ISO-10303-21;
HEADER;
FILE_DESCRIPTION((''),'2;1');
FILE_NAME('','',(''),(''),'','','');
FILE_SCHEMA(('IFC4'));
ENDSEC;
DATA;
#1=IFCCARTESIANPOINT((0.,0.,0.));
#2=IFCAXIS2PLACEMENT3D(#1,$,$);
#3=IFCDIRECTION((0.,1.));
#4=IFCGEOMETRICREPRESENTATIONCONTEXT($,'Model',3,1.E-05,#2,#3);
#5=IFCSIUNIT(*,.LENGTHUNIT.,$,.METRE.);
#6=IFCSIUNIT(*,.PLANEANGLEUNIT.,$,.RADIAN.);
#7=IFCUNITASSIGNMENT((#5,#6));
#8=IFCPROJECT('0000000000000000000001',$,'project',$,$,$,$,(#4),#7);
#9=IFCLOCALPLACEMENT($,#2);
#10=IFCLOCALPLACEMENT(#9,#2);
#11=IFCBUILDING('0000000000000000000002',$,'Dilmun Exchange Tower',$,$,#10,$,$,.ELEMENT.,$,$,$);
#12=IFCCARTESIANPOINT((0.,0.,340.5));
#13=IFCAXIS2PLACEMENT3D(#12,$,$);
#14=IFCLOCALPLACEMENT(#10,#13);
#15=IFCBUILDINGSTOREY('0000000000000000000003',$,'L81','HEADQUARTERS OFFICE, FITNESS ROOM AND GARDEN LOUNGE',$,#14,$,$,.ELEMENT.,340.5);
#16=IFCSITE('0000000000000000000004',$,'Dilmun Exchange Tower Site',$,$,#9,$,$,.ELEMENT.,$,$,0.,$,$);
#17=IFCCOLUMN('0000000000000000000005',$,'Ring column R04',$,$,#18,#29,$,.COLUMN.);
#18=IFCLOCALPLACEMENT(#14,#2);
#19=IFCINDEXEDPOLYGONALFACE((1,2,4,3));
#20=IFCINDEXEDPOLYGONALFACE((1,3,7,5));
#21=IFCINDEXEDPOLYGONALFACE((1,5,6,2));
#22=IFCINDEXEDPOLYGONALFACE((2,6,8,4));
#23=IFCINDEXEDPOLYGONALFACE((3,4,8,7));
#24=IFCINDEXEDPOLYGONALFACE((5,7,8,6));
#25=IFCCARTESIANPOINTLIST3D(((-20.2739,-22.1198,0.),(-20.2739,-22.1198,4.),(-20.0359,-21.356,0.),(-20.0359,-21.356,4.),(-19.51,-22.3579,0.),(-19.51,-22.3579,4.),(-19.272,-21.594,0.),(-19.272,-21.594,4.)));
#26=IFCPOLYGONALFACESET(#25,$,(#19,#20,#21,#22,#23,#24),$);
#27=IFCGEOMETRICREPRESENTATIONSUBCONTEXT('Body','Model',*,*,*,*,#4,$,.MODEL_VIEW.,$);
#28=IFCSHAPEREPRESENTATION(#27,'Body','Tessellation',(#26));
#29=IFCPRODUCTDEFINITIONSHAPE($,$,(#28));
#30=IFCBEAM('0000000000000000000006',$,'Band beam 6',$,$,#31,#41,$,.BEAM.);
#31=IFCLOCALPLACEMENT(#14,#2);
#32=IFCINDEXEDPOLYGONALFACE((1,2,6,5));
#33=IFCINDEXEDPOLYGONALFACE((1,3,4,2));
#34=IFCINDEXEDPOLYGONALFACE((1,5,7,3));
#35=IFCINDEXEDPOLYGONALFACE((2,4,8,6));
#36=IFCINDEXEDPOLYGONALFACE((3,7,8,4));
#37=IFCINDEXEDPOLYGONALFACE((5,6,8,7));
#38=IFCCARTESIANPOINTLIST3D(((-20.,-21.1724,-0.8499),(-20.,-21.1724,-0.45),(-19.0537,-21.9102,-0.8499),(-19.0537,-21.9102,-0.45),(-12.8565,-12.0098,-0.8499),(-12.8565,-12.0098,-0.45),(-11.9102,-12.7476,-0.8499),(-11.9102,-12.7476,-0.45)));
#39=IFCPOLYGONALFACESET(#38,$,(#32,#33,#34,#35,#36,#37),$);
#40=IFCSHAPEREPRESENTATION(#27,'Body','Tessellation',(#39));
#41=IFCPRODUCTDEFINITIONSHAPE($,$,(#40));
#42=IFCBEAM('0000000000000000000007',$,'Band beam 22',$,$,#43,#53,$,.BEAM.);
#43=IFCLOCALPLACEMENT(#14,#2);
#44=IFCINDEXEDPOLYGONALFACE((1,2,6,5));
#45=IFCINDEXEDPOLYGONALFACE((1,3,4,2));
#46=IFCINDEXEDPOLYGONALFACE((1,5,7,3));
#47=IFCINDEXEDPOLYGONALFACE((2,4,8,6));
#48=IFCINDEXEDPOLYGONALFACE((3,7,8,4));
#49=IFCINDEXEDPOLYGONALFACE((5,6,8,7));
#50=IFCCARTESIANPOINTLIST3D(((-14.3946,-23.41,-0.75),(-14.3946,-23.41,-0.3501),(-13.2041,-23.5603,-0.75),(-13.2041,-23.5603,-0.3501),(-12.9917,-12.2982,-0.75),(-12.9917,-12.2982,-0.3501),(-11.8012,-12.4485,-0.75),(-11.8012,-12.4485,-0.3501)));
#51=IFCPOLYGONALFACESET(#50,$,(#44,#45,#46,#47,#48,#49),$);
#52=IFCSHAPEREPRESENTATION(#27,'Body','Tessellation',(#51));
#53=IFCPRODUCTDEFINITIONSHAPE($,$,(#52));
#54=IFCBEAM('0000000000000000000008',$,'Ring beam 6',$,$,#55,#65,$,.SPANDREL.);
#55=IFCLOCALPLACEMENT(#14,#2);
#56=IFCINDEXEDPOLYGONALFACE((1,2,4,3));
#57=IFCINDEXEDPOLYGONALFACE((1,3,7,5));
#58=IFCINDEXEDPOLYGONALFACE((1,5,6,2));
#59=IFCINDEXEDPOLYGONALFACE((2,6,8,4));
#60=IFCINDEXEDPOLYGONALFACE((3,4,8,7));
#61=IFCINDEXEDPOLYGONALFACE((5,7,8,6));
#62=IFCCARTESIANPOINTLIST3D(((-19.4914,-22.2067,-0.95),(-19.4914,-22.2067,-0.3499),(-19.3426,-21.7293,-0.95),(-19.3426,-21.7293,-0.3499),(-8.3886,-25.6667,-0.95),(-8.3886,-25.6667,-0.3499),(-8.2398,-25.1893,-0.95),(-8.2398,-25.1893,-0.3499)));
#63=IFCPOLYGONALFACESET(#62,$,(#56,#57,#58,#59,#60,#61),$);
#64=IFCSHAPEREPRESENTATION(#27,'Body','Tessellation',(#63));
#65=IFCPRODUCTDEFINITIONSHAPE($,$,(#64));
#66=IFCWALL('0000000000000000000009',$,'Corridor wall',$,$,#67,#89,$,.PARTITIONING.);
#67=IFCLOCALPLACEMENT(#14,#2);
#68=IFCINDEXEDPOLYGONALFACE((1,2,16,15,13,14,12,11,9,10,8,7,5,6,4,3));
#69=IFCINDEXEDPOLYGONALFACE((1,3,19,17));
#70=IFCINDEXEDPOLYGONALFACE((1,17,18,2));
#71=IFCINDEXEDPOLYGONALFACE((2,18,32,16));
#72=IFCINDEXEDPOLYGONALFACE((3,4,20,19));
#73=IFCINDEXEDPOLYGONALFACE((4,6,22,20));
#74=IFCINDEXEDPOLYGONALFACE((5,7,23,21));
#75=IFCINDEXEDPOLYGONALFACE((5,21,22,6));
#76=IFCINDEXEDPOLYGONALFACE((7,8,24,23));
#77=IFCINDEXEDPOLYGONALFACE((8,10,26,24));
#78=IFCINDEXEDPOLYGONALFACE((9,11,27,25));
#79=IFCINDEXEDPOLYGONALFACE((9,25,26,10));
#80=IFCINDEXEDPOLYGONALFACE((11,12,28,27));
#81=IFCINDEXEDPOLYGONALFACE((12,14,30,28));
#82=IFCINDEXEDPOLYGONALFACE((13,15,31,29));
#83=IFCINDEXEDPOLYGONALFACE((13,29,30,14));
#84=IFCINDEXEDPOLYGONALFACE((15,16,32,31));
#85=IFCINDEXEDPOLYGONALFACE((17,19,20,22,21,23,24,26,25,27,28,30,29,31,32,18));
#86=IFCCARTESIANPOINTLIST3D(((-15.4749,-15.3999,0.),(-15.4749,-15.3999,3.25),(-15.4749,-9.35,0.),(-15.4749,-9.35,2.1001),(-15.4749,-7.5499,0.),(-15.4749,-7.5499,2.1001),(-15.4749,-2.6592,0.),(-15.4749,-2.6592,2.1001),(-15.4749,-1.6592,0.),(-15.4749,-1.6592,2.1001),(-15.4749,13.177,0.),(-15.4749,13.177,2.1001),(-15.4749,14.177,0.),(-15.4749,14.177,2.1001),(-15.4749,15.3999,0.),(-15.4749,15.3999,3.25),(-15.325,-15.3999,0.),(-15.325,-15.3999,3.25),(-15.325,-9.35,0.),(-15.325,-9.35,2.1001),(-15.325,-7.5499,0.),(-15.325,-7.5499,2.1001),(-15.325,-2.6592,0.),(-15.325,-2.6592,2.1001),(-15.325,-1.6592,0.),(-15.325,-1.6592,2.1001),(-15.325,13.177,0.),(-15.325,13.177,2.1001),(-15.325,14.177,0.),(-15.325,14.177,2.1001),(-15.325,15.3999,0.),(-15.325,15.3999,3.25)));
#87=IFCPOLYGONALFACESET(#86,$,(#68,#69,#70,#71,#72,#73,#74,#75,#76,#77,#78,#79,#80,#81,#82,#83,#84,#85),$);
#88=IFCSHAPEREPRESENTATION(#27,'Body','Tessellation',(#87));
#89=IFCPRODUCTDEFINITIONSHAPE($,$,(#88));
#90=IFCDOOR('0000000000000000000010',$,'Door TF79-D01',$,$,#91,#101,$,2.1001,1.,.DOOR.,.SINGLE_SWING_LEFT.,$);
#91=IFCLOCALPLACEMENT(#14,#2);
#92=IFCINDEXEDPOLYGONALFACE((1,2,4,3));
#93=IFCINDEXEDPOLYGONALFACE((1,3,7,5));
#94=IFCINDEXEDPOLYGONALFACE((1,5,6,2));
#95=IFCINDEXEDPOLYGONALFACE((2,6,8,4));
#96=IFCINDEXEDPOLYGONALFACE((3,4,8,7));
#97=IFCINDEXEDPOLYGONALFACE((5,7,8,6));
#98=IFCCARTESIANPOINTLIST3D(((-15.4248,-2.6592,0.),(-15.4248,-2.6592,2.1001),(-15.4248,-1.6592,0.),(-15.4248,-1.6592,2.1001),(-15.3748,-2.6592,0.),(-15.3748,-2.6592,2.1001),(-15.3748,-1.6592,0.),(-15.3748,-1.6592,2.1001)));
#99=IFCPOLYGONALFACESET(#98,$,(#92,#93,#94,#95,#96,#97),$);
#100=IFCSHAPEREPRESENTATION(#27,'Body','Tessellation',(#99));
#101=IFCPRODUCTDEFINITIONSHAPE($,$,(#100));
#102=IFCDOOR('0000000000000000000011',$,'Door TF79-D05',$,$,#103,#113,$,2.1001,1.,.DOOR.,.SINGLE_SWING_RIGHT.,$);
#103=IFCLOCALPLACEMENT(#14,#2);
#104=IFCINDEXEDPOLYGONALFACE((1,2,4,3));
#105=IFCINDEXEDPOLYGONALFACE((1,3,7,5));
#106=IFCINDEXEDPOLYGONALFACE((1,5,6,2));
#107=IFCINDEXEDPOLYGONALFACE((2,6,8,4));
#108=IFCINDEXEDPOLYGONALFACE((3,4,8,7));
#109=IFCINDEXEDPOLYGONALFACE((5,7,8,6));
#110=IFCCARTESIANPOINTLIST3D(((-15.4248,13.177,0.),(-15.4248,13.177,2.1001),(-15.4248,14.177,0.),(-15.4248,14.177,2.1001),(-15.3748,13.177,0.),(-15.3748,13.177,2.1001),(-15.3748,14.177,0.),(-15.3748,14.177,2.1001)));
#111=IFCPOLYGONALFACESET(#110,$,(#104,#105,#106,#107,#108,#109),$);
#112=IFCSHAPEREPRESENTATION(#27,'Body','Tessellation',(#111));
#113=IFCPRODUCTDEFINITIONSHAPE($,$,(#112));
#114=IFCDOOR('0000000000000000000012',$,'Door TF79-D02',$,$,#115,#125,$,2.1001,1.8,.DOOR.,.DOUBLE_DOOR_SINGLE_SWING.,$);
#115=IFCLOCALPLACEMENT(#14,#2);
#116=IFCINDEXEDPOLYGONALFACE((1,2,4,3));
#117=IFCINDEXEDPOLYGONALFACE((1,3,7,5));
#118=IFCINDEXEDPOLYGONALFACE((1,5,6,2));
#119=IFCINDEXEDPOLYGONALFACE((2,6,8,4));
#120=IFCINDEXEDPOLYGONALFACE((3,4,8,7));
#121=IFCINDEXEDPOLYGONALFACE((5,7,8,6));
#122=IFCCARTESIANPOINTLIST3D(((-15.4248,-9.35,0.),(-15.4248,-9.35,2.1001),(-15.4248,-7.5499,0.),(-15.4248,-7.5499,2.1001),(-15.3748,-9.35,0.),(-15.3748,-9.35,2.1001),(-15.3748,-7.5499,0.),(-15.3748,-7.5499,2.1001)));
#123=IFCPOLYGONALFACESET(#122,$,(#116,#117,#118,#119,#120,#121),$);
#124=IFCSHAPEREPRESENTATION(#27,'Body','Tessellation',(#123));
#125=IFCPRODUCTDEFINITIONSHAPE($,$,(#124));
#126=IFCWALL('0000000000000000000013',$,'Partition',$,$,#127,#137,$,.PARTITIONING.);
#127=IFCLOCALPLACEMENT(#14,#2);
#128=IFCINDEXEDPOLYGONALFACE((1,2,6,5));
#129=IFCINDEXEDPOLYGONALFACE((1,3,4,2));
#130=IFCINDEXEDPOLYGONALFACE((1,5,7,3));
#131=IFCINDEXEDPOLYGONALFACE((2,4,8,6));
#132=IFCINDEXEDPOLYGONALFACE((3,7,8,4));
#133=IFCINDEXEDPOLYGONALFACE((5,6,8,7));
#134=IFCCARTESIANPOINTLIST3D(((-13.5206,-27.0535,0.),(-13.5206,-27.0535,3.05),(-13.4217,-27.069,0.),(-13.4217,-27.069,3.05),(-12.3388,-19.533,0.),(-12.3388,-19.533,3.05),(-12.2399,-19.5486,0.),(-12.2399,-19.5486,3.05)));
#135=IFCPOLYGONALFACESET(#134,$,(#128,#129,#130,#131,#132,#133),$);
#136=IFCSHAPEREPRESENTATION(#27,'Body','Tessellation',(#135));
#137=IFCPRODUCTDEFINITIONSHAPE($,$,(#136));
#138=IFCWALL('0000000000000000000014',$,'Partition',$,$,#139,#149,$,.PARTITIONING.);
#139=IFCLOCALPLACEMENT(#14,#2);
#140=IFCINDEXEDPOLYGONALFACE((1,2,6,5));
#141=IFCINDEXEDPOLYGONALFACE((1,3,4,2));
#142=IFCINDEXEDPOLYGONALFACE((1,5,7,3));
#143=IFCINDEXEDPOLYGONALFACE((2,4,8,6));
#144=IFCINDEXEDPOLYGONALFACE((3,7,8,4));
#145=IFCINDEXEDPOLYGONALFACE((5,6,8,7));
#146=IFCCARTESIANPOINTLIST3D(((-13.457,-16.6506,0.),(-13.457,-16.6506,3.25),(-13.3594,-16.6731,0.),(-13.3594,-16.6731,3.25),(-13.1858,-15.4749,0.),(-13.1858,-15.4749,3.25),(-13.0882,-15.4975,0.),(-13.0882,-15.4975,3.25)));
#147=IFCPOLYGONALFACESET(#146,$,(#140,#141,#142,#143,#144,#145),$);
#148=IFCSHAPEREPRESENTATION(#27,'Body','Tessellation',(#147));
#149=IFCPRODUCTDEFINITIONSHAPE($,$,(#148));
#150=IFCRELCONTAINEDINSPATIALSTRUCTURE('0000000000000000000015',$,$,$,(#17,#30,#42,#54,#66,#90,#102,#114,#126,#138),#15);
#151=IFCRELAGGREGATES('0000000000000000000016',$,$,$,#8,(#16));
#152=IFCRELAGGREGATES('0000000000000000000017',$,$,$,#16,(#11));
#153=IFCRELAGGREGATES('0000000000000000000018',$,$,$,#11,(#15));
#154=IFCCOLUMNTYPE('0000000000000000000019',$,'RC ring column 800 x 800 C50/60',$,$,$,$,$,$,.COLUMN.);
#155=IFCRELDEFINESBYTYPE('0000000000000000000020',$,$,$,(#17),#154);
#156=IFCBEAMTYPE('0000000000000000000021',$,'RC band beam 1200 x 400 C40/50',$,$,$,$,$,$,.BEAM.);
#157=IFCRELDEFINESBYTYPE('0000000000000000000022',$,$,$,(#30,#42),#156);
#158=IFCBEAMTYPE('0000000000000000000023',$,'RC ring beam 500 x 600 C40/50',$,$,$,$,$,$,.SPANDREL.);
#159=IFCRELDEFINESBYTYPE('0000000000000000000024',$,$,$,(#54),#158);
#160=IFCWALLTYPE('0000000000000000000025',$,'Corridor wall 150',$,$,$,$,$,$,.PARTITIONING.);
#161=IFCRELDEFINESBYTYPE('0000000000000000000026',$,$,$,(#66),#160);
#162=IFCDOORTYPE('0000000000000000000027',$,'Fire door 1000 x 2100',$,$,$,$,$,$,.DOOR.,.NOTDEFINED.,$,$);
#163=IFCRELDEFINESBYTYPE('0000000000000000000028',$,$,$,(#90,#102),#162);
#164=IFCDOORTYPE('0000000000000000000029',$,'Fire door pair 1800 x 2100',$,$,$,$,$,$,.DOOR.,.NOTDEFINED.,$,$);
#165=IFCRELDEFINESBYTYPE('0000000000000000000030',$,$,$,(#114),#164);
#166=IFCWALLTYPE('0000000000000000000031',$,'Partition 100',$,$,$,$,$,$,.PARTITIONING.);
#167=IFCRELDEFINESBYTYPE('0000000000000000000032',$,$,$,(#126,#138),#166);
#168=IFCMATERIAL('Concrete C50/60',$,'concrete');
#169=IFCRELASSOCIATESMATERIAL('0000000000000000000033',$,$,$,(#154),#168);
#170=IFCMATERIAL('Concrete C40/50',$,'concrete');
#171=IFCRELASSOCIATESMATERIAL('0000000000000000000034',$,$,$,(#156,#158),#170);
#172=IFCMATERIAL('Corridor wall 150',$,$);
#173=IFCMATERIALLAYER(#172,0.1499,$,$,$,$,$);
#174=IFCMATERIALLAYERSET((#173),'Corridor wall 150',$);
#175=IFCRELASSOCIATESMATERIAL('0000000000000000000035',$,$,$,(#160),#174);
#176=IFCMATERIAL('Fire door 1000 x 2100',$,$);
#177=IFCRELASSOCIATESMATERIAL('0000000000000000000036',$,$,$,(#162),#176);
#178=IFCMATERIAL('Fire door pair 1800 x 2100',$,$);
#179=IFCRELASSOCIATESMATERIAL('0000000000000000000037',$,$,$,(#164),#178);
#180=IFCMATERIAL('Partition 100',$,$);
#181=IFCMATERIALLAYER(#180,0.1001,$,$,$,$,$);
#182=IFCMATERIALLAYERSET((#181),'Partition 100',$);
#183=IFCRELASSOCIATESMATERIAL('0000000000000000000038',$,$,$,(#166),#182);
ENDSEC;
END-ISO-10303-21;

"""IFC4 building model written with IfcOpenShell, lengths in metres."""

from ifc_helpers import new_model, si_unit, direction, frame, frame_2d, origin, origin_2d, place, context, subcontext, project, spatial, rectangle, extrude, material, layer, layer_set, material_profile, profile_set, type_object, element, fill, save


model = new_model("IFC4")

# Units and contexts
model_context = context("Model", 3, precision=1e-05, world=origin(), true_north=direction((0.0, 1.0)))
body_context = subcontext(model_context, "Body", "Model", "MODEL_VIEW")
ifc_project = project(units=[si_unit("LENGTHUNIT", "METRE"), si_unit("PLANEANGLEUNIT", "RADIAN")], contexts=[model_context])

# Site, building, storey
site_placement = place(None, origin())
site = spatial("IfcSite", under=ifc_project, at=site_placement, Name="Dilmun Exchange Tower Site", CompositionType="ELEMENT", RefElevation=0.0)
building_placement = place(site_placement, origin())
building = spatial("IfcBuilding", under=site, at=building_placement, Name="Dilmun Exchange Tower", CompositionType="ELEMENT")
storey_placement = place(building_placement, frame((0.0, 0.0, 340.5)))
storey = spatial("IfcBuildingStorey", under=building, at=storey_placement, Name="L81", Description="HEADQUARTERS OFFICE, FITNESS ROOM AND GARDEN LOUNGE", CompositionType="ELEMENT", Elevation=340.5)

# Column
ifc_material_1 = material(Name="Concrete C50/60", Category="concrete")
ifc_material_profile_1 = material_profile(ifc_material_1, rectangle(XDim=0.8, YDim=0.8, at=origin_2d()), Name="800 x 800")
ifc_profile_set_1 = profile_set([ifc_material_profile_1], Name="Concrete C50/60")
column_type = type_object("IfcColumnType", Name="RC ring column 800 x 800 C50/60", PredefinedType="COLUMN", material=ifc_profile_set_1)
column_placement = place(storey_placement, frame((-19.7729, -21.8569, 0.0), z_axis=(0.0, 0.0, 1.0), x_axis=(0.297503, 0.954721, 0.0)))
element("IfcColumn", 1, at=column_placement, inside=storey, type_object=column_type, Name="Ring column R04", PredefinedType="COLUMN", context=body_context, shape_type="SweptSolid", body=[
    extrude(rectangle(XDim=0.8, YDim=0.8, at=origin_2d()), origin(), (0.0, 0.0, 1.0), 4.0),
])

# Beams
ifc_material_2 = material(Name="Concrete C40/50", Category="concrete")
ifc_material_profile_2 = material_profile(ifc_material_2, rectangle(XDim=1.2, YDim=0.3999, at=origin_2d()), Name="1200 x 400")
ifc_profile_set_2 = profile_set([ifc_material_profile_2], Name="Concrete C40/50")
beam_type_1 = type_object("IfcBeamType", Name="RC band beam 1200 x 400 C40/50", PredefinedType="BEAM", material=ifc_profile_set_2)
beam_1_placement = place(storey_placement, frame((-19.5269, -21.5413, -0.6499), z_axis=(0.614857, 0.788639, 0.0), x_axis=(-0.788639, 0.614857, 0.0)))
element("IfcBeam", 2, at=beam_1_placement, inside=storey, type_object=beam_type_1, Name="Band beam 6", PredefinedType="BEAM", context=body_context, shape_type="SweptSolid", body=[
    extrude(rectangle(XDim=1.2, YDim=0.3999, at=origin_2d()), origin(), (0.0, 0.0, 1.0), 11.6182),
])
beam_2_placement = place(storey_placement, frame((-13.7993, -23.4851, -0.55), z_axis=(0.125253, 0.992125, 0.0), x_axis=(-0.992125, 0.125253, 0.0)))
element("IfcBeam", 3, at=beam_2_placement, inside=storey, type_object=beam_type_1, Name="Band beam 22", PredefinedType="BEAM", context=body_context, shape_type="SweptSolid", body=[
    extrude(rectangle(XDim=1.2, YDim=0.3999, at=origin_2d()), origin(), (0.0, 0.0, 1.0), 11.2),
])
ifc_material_profile_3 = material_profile(ifc_material_2, rectangle(XDim=0.5, YDim=0.6001, at=origin_2d()), Name="500 x 600")
ifc_profile_set_3 = profile_set([ifc_material_profile_3], Name="Concrete C40/50")
beam_type_2 = type_object("IfcBeamType", Name="RC ring beam 500 x 600 C40/50", PredefinedType="SPANDREL", material=ifc_profile_set_3)
beam_3_placement = place(storey_placement, frame((-19.417, -21.968, -0.6499), z_axis=(0.954716, -0.297518, 0.0), x_axis=(0.297518, 0.954716, 0.0)))
element("IfcBeam", 4, at=beam_3_placement, inside=storey, type_object=beam_type_2, Name="Ring beam 6", PredefinedType="SPANDREL", context=body_context, shape_type="SweptSolid", body=[
    extrude(rectangle(XDim=0.5, YDim=0.6001, at=origin_2d()), origin(), (0.0, 0.0, 1.0), 11.6294),
])

# Wall, openings, doors
ifc_material_3 = material(Name="Corridor wall 150")
ifc_layer_1 = layer(ifc_material_3, 0.1499)
ifc_layer_set_1 = layer_set([ifc_layer_1], Name="Corridor wall 150")
wall_type_1 = type_object("IfcWallType", Name="Corridor wall 150", PredefinedType="PARTITIONING", material=ifc_layer_set_1)
wall_1_placement = place(storey_placement, frame((-15.3999, -15.3999, 0.0), z_axis=(0.0, 0.0, 1.0), x_axis=(0.0, 1.0, 0.0)))
wall_1 = element("IfcWall", 5, at=wall_1_placement, inside=storey, type_object=wall_type_1, Name="Corridor wall", PredefinedType="PARTITIONING", context=body_context, shape_type="SweptSolid", body=[
    extrude(rectangle(XDim=30.7998, YDim=0.1499, at=frame_2d((15.3999, 0.0))), origin(), (0.0, 0.0, 1.0), 3.25),
])
opening_1_placement = place(wall_1_placement, frame((12.7407, 0.0, 0.0)))
opening_1 = element("IfcOpeningElement", 6, at=opening_1_placement, cuts=wall_1, PredefinedType="OPENING", context=body_context, shape_type="SweptSolid", body=[
    extrude(rectangle(XDim=1.0, YDim=2.1001, at=frame_2d((0.5, 1.05))), frame((0.0, 0.085, 0.0), z_axis=(0.0, -1.0, 0.0), x_axis=(1.0, 0.0, 0.0)), (0.0, 0.0, 1.0), 0.1699),
])
opening_2_placement = place(wall_1_placement, frame((6.05, 0.0, 0.0)))
opening_2 = element("IfcOpeningElement", 7, at=opening_2_placement, cuts=wall_1, PredefinedType="OPENING", context=body_context, shape_type="SweptSolid", body=[
    extrude(rectangle(XDim=1.8, YDim=2.1001, at=frame_2d((0.8999, 1.05))), frame((0.0, 0.085, 0.0), z_axis=(0.0, -1.0, 0.0), x_axis=(1.0, 0.0, 0.0)), (0.0, 0.0, 1.0), 0.1699),
])
opening_3_placement = place(wall_1_placement, frame((28.5769, 0.0, 0.0)))
opening_3 = element("IfcOpeningElement", 8, at=opening_3_placement, cuts=wall_1, PredefinedType="OPENING", context=body_context, shape_type="SweptSolid", body=[
    extrude(rectangle(XDim=1.0, YDim=2.1001, at=frame_2d((0.5, 1.05))), frame((0.0, 0.085, 0.0), z_axis=(0.0, -1.0, 0.0), x_axis=(1.0, 0.0, 0.0)), (0.0, 0.0, 1.0), 0.1699),
])
ifc_material_4 = material(Name="Fire door 1000 x 2100")
door_type_1 = type_object("IfcDoorType", Name="Fire door 1000 x 2100", OperationType="NOTDEFINED", PredefinedType="DOOR", material=ifc_material_4)
door_1_placement = place(opening_1_placement, origin())
door_1 = element("IfcDoor", 9, at=door_1_placement, inside=storey, type_object=door_type_1, Name="Door TF79-D01", OperationType="SINGLE_SWING_LEFT", OverallHeight=2.1001, OverallWidth=1.0, PredefinedType="DOOR", context=body_context, shape_type="SweptSolid", body=[
    extrude(rectangle(XDim=1.0, YDim=2.1001, at=frame_2d((0.5, 1.05))), frame((0.0, 0.0249, 0.0), z_axis=(0.0, -1.0, 0.0), x_axis=(1.0, 0.0, 0.0)), (0.0, 0.0, 1.0), 0.05),
])
fill(opening_1, door_1)
door_2_placement = place(opening_3_placement, origin())
door_2 = element("IfcDoor", 10, at=door_2_placement, inside=storey, type_object=door_type_1, Name="Door TF79-D05", OperationType="SINGLE_SWING_RIGHT", OverallHeight=2.1001, OverallWidth=1.0, PredefinedType="DOOR", context=body_context, shape_type="SweptSolid", body=[
    extrude(rectangle(XDim=1.0, YDim=2.1001, at=frame_2d((0.5, 1.05))), frame((0.0, 0.0249, 0.0), z_axis=(0.0, -1.0, 0.0), x_axis=(1.0, 0.0, 0.0)), (0.0, 0.0, 1.0), 0.05),
])
fill(opening_3, door_2)
ifc_material_5 = material(Name="Fire door pair 1800 x 2100")
door_type_2 = type_object("IfcDoorType", Name="Fire door pair 1800 x 2100", OperationType="NOTDEFINED", PredefinedType="DOOR", material=ifc_material_5)
door_3_placement = place(opening_2_placement, origin())
door_3 = element("IfcDoor", 11, at=door_3_placement, inside=storey, type_object=door_type_2, Name="Door TF79-D02", OperationType="DOUBLE_DOOR_SINGLE_SWING", OverallHeight=2.1001, OverallWidth=1.8, PredefinedType="DOOR", context=body_context, shape_type="SweptSolid", body=[
    extrude(rectangle(XDim=1.8, YDim=2.1001, at=frame_2d((0.8999, 1.05))), frame((0.0, 0.0249, 0.0), z_axis=(0.0, -1.0, 0.0), x_axis=(1.0, 0.0, 0.0)), (0.0, 0.0, 1.0), 0.05),
])
fill(opening_2, door_3)

# Walls
ifc_material_6 = material(Name="Partition 100")
ifc_layer_2 = layer(ifc_material_6, 0.1001)
ifc_layer_set_2 = layer_set([ifc_layer_2], Name="Partition 100")
wall_type_2 = type_object("IfcWallType", Name="Partition 100", PredefinedType="PARTITIONING", material=ifc_layer_set_2)
wall_2_placement = place(storey_placement, frame((-13.4712, -27.0613, 0.0), z_axis=(0.0, 0.0, 1.0), x_axis=(0.155249, 0.987875, 0.0)))
element("IfcWall", 12, at=wall_2_placement, inside=storey, type_object=wall_type_2, Name="Partition", PredefinedType="PARTITIONING", context=body_context, shape_type="SweptSolid", body=[
    extrude(rectangle(XDim=7.6128, YDim=0.1001, at=frame_2d((3.8064, 0.0))), origin(), (0.0, 0.0, 1.0), 3.05),
])
wall_3_placement = place(storey_placement, frame((-13.4082, -16.6619, 0.0), z_axis=(0.0, 0.0, 1.0), x_axis=(0.224786, 0.974408, 0.0)))
element("IfcWall", 13, at=wall_3_placement, inside=storey, type_object=wall_type_2, Name="Partition", PredefinedType="PARTITIONING", context=body_context, shape_type="SweptSolid", body=[
    extrude(rectangle(XDim=1.2065, YDim=0.1001, at=frame_2d((0.6033, 0.0))), origin(), (0.0, 0.0, 1.0), 3.25),
])

save(model, "model.ifc")
